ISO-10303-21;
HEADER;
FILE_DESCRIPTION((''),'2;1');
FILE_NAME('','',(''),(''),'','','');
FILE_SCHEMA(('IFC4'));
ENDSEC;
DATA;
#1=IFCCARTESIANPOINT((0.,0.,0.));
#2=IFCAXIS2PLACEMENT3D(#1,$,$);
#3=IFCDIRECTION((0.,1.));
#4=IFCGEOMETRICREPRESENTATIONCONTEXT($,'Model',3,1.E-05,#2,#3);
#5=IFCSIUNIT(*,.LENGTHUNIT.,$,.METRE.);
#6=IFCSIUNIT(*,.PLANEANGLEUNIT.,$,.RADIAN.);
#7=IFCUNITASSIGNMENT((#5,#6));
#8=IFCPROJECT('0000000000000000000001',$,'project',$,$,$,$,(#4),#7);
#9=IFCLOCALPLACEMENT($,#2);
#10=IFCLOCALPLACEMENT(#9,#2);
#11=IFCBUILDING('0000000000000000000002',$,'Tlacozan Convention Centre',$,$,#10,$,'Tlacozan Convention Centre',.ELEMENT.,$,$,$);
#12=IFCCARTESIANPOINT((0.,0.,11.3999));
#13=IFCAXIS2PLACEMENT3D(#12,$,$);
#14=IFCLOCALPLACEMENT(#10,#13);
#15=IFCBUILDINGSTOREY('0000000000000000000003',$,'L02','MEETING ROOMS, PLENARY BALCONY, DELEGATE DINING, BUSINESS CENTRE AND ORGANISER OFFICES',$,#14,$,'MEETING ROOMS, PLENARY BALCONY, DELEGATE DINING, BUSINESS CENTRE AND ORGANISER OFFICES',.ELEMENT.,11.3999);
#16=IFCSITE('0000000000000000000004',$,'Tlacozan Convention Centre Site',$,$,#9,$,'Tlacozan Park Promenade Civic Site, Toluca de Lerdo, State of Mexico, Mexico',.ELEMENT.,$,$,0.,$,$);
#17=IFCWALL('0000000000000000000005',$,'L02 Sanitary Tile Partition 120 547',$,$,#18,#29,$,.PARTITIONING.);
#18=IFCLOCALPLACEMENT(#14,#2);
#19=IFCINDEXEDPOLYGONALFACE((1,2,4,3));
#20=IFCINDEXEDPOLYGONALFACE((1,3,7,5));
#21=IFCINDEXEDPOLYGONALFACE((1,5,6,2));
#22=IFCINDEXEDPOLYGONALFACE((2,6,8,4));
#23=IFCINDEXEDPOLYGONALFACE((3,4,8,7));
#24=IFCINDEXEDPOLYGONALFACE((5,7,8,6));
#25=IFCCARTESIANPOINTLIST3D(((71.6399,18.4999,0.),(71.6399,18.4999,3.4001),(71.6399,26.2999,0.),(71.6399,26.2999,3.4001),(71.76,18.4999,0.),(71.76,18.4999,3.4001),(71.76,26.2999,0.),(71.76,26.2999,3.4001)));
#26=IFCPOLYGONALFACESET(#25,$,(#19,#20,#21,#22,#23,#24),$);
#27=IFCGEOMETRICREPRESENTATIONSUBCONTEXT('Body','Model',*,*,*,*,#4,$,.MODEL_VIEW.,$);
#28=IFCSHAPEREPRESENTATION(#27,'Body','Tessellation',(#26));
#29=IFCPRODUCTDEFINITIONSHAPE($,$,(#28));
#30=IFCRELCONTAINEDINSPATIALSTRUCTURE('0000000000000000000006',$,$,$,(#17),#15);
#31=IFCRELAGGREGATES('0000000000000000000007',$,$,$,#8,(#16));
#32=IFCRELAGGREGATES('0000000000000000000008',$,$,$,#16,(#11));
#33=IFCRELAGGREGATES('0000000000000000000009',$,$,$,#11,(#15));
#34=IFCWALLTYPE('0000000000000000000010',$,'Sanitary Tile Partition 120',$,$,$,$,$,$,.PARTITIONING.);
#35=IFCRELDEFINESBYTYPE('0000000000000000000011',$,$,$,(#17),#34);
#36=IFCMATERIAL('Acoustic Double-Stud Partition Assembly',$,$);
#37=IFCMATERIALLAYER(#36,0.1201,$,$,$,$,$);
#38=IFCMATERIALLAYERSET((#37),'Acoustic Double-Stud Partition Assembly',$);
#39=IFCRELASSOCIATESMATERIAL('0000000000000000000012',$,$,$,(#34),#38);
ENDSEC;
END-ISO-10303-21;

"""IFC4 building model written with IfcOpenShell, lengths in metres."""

from ifc_helpers import new_model, si_unit, direction, frame, frame_2d, origin, place, context, subcontext, project, spatial, rectangle, extrude, material, layer, layer_set, type_object, element, save


model = new_model("IFC4")

# Units and contexts
model_context = context("Model", 3, precision=1e-05, world=origin(), true_north=direction((0.0, 1.0)))
body_context = subcontext(model_context, "Body", "Model", "MODEL_VIEW")
ifc_project = project(units=[si_unit("LENGTHUNIT", "METRE"), si_unit("PLANEANGLEUNIT", "RADIAN")], contexts=[model_context])

# Site, building, storey
site_placement = place(None, origin())
site = spatial("IfcSite", under=ifc_project, at=site_placement, Name="Tlacozan Convention Centre Site", LongName="Tlacozan Park Promenade Civic Site, Toluca de Lerdo, State of Mexico, Mexico", CompositionType="ELEMENT", RefElevation=0.0)
building_placement = place(site_placement, origin())
building = spatial("IfcBuilding", under=site, at=building_placement, Name="Tlacozan Convention Centre", LongName="Tlacozan Convention Centre", CompositionType="ELEMENT")
storey_placement = place(building_placement, frame((0.0, 0.0, 11.3999)))
storey = spatial("IfcBuildingStorey", under=building, at=storey_placement, Name="L02", Description="MEETING ROOMS, PLENARY BALCONY, DELEGATE DINING, BUSINESS CENTRE AND ORGANISER OFFICES", LongName="MEETING ROOMS, PLENARY BALCONY, DELEGATE DINING, BUSINESS CENTRE AND ORGANISER OFFICES", CompositionType="ELEMENT", Elevation=11.3999)

# Wall
ifc_material_1 = material(Name="Acoustic Double-Stud Partition Assembly")
ifc_layer_1 = layer(ifc_material_1, 0.1201)
ifc_layer_set_1 = layer_set([ifc_layer_1], Name="Acoustic Double-Stud Partition Assembly")
wall_type_1 = type_object("IfcWallType", Name="Sanitary Tile Partition 120", PredefinedType="PARTITIONING", material=ifc_layer_set_1)
wall_1_placement = place(storey_placement, frame((71.7, 18.5, 0.0), z_axis=(0.0, 0.0, 1.0), x_axis=(0.0, 1.0, 0.0)))
element("IfcWall", 1, at=wall_1_placement, inside=storey, type_object=wall_type_1, Name="L02 Sanitary Tile Partition 120 547", PredefinedType="PARTITIONING", context=body_context, shape_type="SweptSolid", body=[
    extrude(rectangle(XDim=7.8, YDim=0.1201, at=frame_2d((3.8999, 0.0))), origin(), (0.0, 0.0, 1.0), 3.4001),
])

save(model, "model.ifc")
